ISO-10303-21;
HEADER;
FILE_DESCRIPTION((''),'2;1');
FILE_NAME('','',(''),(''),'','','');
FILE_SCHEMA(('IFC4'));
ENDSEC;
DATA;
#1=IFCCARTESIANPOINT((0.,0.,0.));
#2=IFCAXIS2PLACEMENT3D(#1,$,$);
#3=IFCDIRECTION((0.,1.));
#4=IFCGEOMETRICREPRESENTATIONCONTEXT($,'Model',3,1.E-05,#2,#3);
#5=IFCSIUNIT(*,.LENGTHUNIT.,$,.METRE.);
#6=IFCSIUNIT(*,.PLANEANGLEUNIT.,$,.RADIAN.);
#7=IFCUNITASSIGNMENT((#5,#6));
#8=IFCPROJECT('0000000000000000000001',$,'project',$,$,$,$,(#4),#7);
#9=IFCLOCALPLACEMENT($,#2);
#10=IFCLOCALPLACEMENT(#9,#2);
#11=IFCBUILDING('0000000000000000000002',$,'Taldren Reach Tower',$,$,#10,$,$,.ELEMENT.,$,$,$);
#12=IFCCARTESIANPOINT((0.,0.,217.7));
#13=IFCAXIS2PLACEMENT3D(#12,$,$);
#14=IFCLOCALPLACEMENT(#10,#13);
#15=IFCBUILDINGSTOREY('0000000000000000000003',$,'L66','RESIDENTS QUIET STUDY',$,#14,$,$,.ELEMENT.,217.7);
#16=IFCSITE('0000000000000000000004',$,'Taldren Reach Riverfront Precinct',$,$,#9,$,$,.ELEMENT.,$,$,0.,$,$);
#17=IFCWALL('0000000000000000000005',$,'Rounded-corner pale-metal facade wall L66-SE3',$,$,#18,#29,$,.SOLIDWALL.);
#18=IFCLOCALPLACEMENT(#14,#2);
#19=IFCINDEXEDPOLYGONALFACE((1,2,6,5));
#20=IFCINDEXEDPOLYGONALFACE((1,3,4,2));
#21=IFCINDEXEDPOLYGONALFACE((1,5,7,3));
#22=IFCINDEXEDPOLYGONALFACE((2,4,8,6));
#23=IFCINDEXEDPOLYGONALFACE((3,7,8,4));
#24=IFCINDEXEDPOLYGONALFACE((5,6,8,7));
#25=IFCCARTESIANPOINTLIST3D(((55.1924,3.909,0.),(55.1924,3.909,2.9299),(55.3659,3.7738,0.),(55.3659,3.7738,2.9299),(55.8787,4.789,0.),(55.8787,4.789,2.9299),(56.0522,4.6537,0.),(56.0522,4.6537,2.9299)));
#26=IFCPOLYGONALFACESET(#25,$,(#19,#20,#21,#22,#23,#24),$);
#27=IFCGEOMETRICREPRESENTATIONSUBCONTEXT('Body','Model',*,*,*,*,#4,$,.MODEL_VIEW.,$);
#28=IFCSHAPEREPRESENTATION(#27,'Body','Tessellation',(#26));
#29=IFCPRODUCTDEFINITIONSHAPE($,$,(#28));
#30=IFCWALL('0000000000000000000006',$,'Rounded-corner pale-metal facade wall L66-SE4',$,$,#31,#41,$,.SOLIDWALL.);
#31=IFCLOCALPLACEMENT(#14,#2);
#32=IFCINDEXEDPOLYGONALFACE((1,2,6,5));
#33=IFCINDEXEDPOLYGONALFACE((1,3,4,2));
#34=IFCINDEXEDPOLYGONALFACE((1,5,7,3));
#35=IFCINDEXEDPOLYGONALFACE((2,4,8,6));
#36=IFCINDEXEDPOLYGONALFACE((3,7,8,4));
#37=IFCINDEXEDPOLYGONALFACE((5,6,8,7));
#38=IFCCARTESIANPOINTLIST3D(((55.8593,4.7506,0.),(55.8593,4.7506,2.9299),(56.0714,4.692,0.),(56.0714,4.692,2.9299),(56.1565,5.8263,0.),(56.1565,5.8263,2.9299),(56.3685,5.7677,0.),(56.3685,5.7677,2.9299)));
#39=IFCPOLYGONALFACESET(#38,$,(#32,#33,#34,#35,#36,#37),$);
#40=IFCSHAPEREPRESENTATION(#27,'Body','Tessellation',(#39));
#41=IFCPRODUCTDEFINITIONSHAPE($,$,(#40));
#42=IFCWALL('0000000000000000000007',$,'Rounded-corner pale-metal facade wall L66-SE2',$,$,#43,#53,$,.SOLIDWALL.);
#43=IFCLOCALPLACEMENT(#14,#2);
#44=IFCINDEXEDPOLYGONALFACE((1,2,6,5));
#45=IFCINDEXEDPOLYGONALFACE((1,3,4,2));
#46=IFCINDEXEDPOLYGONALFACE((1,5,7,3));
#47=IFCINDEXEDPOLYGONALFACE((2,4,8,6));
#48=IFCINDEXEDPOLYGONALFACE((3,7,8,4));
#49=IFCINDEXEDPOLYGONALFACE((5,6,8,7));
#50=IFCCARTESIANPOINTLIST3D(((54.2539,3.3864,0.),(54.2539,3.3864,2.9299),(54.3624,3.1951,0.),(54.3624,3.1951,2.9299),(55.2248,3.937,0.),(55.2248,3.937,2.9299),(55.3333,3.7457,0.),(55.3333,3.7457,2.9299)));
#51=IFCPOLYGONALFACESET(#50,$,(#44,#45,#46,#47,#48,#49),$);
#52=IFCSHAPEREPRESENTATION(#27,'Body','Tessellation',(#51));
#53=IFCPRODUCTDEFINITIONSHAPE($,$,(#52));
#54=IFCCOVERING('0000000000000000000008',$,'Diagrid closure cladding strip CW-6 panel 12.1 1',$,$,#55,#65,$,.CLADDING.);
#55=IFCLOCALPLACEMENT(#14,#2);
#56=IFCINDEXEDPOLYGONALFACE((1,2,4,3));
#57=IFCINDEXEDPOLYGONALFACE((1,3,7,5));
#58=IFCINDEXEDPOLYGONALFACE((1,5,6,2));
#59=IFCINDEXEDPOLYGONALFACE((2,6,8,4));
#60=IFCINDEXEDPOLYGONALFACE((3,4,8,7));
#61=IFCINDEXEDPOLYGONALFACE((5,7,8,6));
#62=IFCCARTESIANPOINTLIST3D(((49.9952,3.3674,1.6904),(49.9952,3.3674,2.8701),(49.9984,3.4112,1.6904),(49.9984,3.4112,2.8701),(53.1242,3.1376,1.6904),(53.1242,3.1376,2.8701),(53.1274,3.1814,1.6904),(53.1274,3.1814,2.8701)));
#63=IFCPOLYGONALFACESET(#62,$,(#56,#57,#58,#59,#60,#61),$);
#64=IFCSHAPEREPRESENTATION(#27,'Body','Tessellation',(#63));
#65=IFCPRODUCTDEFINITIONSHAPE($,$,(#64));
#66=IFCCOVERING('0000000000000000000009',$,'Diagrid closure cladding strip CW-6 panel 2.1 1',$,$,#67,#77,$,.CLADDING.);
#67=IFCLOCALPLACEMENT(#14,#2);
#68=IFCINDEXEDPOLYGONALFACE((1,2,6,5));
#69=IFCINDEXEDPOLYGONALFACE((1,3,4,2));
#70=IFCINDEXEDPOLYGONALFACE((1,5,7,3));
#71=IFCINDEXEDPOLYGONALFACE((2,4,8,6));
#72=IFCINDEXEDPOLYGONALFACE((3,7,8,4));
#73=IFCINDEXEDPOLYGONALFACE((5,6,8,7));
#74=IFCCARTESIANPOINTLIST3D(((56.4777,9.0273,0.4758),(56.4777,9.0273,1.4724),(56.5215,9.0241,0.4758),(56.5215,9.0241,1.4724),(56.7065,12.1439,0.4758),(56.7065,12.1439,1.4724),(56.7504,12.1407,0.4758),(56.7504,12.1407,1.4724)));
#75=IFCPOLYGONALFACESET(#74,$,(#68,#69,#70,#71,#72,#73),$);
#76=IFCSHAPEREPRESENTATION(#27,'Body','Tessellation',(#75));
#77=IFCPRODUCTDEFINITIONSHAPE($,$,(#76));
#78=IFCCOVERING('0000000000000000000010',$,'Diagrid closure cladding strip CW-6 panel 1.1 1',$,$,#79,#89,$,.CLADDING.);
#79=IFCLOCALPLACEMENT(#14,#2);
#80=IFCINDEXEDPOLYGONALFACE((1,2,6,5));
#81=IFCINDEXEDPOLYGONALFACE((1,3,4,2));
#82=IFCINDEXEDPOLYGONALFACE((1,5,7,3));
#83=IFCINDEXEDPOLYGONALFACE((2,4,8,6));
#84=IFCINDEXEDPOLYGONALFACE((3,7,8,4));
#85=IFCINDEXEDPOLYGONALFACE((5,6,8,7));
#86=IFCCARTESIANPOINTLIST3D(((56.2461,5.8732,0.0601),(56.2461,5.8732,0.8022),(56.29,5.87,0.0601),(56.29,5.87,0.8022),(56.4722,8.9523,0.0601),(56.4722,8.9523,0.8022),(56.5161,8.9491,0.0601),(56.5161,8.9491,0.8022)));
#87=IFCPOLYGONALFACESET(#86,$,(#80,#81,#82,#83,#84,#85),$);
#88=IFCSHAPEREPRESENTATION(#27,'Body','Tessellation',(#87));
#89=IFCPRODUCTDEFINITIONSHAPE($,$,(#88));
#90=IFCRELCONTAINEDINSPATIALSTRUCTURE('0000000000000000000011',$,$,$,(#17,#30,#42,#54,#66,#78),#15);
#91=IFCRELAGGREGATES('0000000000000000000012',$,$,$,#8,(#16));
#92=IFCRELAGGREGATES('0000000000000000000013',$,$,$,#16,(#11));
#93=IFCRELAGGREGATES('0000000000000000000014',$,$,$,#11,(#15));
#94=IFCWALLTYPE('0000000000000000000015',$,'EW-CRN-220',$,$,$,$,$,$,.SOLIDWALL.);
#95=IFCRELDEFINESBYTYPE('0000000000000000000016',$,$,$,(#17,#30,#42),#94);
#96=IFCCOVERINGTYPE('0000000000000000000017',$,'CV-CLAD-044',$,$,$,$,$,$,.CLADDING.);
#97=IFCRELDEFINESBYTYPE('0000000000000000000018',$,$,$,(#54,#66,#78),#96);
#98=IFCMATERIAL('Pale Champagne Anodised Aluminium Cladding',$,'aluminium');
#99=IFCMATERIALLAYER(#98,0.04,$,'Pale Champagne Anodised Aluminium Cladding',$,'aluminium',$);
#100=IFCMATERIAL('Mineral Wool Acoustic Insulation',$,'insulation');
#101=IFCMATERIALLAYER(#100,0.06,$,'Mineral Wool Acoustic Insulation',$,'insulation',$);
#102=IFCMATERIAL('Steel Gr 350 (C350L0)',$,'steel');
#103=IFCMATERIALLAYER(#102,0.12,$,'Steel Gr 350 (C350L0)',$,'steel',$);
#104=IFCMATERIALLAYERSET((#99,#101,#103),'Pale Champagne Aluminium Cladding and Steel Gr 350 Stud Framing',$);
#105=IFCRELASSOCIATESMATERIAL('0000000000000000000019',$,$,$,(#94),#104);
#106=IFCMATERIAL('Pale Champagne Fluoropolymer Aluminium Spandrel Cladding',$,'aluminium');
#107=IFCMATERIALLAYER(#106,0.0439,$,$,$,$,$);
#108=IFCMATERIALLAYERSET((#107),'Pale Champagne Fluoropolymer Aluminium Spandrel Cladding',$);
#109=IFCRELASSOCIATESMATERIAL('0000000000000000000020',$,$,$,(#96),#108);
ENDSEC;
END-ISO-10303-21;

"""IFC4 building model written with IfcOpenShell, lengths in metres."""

from ifc_helpers import new_model, si_unit, direction, frame, frame_2d, origin, origin_2d, place, context, subcontext, project, spatial, rectangle, extrude, source, transform, mapped, material, layer, layer_set, type_object, element, save


model = new_model("IFC4")

# Units and contexts
model_context = context("Model", 3, precision=1e-05, world=origin(), true_north=direction((0.0, 1.0)))
body_context = subcontext(model_context, "Body", "Model", "MODEL_VIEW")
ifc_project = project(units=[si_unit("LENGTHUNIT", "METRE"), si_unit("PLANEANGLEUNIT", "RADIAN")], contexts=[model_context])

# Site, building, storey
site_placement = place(None, origin())
site = spatial("IfcSite", under=ifc_project, at=site_placement, Name="Taldren Reach Riverfront Precinct", CompositionType="ELEMENT", RefElevation=0.0)
building_placement = place(site_placement, origin())
building = spatial("IfcBuilding", under=site, at=building_placement, Name="Taldren Reach Tower", CompositionType="ELEMENT")
storey_placement = place(building_placement, frame((0.0, 0.0, 217.7)))
storey = spatial("IfcBuildingStorey", under=building, at=storey_placement, Name="L66", Description="RESIDENTS QUIET STUDY", CompositionType="ELEMENT", Elevation=217.7)

# Shared definitions
ifc_material_1 = material(Name="Steel Gr 350 (C350L0)", Category="steel")

# Walls
ifc_material_2 = material(Name="Pale Champagne Anodised Aluminium Cladding", Category="aluminium")
ifc_layer_1 = layer(ifc_material_2, 0.04, Name="Pale Champagne Anodised Aluminium Cladding", Category="aluminium")
ifc_material_3 = material(Name="Mineral Wool Acoustic Insulation", Category="insulation")
ifc_layer_2 = layer(ifc_material_3, 0.06, Name="Mineral Wool Acoustic Insulation", Category="insulation")
ifc_layer_3 = layer(ifc_material_1, 0.12, Name="Steel Gr 350 (C350L0)", Category="steel")
ifc_layer_set_1 = layer_set([ifc_layer_1, ifc_layer_2, ifc_layer_3], Name="Pale Champagne Aluminium Cladding and Steel Gr 350 Stud Framing")
wall_type = type_object("IfcWallType", Name="EW-CRN-220", PredefinedType="SOLIDWALL", material=ifc_layer_set_1)
shared_shape_1 = source(origin(), body_context, "Body", "SweptSolid", [
    extrude(rectangle(XDim=1.116, YDim=0.22, at=frame_2d((0.5581, 0.0))), origin(), (0.0, 0.0, 1.0), 2.9299),
])
for number, where, z_axis, x_axis, name in (
    (1, (55.2791, 3.8413, 0.0), (0.0, 0.0, 1.0), (0.615015, 0.788515, 0.0), "Rounded-corner pale-metal facade wall L66-SE3"),
    (2, (55.9653, 4.7212, 0.0), (0.0, 0.0, 1.0), (0.266244, 0.963906, 0.0), "Rounded-corner pale-metal facade wall L66-SE4"),
):
    element("IfcWall", number, at=place(storey_placement, frame(where, z_axis=z_axis, x_axis=x_axis)), inside=storey, type_object=wall_type, Name=name, PredefinedType="SOLIDWALL", context=body_context, shape_type="MappedRepresentation", body=[
        mapped(shared_shape_1, transform((0.0, 0.0, 0.0), scale=1.0)),
    ])
shared_shape_2 = source(origin(), body_context, "Body", "SweptSolid", [
    extrude(rectangle(XDim=1.1162, YDim=0.22, at=frame_2d((0.5581, 0.0))), origin(), (0.0, 0.0, 1.0), 2.9299),
])
wall_placement = place(storey_placement, frame((54.3081, 3.2908, 0.0), z_axis=(0.0, 0.0, 1.0), x_axis=(0.869894, 0.493239, 0.0)))
element("IfcWall", 3, at=wall_placement, inside=storey, type_object=wall_type, Name="Rounded-corner pale-metal facade wall L66-SE2", PredefinedType="SOLIDWALL", context=body_context, shape_type="MappedRepresentation", body=[
    mapped(shared_shape_2, transform((0.0, 0.0, 0.0), scale=1.0)),
])

# Coverings
ifc_material_4 = material(Name="Pale Champagne Fluoropolymer Aluminium Spandrel Cladding", Category="aluminium")
ifc_layer_4 = layer(ifc_material_4, 0.0439)
ifc_layer_set_2 = layer_set([ifc_layer_4], Name="Pale Champagne Fluoropolymer Aluminium Spandrel Cladding")
covering_type = type_object("IfcCoveringType", Name="CV-CLAD-044", PredefinedType="CLADDING", material=ifc_layer_set_2)
shared_shape_3 = source(origin(), body_context, "Body", "SweptSolid", [
    extrude(rectangle(XDim=3.1375, YDim=0.0439, at=origin_2d()), origin(), (0.0, 0.0, 1.0), 1.1797),
])
covering_1_placement = place(storey_placement, frame((51.5613, 3.2744, 1.6904), z_axis=(0.0, 0.0, 1.0), x_axis=(0.997314, -0.073238, 0.0)))
element("IfcCovering", 4, at=covering_1_placement, inside=storey, type_object=covering_type, Name="Diagrid closure cladding strip CW-6 panel 12.1 1", PredefinedType="CLADDING", context=body_context, shape_type="MappedRepresentation", body=[
    mapped(shared_shape_3, transform((0.0, 0.0, 0.0), scale=1.0)),
])
shared_shape_4 = source(origin(), body_context, "Body", "SweptSolid", [
    extrude(rectangle(XDim=3.125, YDim=0.0439, at=origin_2d()), origin(), (0.0, 0.0, 1.0), 0.9966),
])
covering_2_placement = place(storey_placement, frame((56.614, 10.584, 0.4758), z_axis=(0.0, 0.0, 1.0), x_axis=(0.073238, 0.997314, 0.0)))
element("IfcCovering", 5, at=covering_2_placement, inside=storey, type_object=covering_type, Name="Diagrid closure cladding strip CW-6 panel 2.1 1", PredefinedType="CLADDING", context=body_context, shape_type="MappedRepresentation", body=[
    mapped(shared_shape_4, transform((0.0, 0.0, 0.0), scale=1.0)),
])
shared_shape_5 = source(origin(), body_context, "Body", "SweptSolid", [
    extrude(rectangle(XDim=3.0874, YDim=0.0439, at=origin_2d()), origin(), (0.0, 0.0, 1.0), 0.7422),
])
covering_3_placement = place(storey_placement, frame((56.3811, 7.4111, 0.0601), z_axis=(0.0, 0.0, 1.0), x_axis=(0.073238, 0.997314, 0.0)))
element("IfcCovering", 6, at=covering_3_placement, inside=storey, type_object=covering_type, Name="Diagrid closure cladding strip CW-6 panel 1.1 1", PredefinedType="CLADDING", context=body_context, shape_type="MappedRepresentation", body=[
    mapped(shared_shape_5, transform((0.0, 0.0, 0.0), scale=1.0)),
])

save(model, "model.ifc")
